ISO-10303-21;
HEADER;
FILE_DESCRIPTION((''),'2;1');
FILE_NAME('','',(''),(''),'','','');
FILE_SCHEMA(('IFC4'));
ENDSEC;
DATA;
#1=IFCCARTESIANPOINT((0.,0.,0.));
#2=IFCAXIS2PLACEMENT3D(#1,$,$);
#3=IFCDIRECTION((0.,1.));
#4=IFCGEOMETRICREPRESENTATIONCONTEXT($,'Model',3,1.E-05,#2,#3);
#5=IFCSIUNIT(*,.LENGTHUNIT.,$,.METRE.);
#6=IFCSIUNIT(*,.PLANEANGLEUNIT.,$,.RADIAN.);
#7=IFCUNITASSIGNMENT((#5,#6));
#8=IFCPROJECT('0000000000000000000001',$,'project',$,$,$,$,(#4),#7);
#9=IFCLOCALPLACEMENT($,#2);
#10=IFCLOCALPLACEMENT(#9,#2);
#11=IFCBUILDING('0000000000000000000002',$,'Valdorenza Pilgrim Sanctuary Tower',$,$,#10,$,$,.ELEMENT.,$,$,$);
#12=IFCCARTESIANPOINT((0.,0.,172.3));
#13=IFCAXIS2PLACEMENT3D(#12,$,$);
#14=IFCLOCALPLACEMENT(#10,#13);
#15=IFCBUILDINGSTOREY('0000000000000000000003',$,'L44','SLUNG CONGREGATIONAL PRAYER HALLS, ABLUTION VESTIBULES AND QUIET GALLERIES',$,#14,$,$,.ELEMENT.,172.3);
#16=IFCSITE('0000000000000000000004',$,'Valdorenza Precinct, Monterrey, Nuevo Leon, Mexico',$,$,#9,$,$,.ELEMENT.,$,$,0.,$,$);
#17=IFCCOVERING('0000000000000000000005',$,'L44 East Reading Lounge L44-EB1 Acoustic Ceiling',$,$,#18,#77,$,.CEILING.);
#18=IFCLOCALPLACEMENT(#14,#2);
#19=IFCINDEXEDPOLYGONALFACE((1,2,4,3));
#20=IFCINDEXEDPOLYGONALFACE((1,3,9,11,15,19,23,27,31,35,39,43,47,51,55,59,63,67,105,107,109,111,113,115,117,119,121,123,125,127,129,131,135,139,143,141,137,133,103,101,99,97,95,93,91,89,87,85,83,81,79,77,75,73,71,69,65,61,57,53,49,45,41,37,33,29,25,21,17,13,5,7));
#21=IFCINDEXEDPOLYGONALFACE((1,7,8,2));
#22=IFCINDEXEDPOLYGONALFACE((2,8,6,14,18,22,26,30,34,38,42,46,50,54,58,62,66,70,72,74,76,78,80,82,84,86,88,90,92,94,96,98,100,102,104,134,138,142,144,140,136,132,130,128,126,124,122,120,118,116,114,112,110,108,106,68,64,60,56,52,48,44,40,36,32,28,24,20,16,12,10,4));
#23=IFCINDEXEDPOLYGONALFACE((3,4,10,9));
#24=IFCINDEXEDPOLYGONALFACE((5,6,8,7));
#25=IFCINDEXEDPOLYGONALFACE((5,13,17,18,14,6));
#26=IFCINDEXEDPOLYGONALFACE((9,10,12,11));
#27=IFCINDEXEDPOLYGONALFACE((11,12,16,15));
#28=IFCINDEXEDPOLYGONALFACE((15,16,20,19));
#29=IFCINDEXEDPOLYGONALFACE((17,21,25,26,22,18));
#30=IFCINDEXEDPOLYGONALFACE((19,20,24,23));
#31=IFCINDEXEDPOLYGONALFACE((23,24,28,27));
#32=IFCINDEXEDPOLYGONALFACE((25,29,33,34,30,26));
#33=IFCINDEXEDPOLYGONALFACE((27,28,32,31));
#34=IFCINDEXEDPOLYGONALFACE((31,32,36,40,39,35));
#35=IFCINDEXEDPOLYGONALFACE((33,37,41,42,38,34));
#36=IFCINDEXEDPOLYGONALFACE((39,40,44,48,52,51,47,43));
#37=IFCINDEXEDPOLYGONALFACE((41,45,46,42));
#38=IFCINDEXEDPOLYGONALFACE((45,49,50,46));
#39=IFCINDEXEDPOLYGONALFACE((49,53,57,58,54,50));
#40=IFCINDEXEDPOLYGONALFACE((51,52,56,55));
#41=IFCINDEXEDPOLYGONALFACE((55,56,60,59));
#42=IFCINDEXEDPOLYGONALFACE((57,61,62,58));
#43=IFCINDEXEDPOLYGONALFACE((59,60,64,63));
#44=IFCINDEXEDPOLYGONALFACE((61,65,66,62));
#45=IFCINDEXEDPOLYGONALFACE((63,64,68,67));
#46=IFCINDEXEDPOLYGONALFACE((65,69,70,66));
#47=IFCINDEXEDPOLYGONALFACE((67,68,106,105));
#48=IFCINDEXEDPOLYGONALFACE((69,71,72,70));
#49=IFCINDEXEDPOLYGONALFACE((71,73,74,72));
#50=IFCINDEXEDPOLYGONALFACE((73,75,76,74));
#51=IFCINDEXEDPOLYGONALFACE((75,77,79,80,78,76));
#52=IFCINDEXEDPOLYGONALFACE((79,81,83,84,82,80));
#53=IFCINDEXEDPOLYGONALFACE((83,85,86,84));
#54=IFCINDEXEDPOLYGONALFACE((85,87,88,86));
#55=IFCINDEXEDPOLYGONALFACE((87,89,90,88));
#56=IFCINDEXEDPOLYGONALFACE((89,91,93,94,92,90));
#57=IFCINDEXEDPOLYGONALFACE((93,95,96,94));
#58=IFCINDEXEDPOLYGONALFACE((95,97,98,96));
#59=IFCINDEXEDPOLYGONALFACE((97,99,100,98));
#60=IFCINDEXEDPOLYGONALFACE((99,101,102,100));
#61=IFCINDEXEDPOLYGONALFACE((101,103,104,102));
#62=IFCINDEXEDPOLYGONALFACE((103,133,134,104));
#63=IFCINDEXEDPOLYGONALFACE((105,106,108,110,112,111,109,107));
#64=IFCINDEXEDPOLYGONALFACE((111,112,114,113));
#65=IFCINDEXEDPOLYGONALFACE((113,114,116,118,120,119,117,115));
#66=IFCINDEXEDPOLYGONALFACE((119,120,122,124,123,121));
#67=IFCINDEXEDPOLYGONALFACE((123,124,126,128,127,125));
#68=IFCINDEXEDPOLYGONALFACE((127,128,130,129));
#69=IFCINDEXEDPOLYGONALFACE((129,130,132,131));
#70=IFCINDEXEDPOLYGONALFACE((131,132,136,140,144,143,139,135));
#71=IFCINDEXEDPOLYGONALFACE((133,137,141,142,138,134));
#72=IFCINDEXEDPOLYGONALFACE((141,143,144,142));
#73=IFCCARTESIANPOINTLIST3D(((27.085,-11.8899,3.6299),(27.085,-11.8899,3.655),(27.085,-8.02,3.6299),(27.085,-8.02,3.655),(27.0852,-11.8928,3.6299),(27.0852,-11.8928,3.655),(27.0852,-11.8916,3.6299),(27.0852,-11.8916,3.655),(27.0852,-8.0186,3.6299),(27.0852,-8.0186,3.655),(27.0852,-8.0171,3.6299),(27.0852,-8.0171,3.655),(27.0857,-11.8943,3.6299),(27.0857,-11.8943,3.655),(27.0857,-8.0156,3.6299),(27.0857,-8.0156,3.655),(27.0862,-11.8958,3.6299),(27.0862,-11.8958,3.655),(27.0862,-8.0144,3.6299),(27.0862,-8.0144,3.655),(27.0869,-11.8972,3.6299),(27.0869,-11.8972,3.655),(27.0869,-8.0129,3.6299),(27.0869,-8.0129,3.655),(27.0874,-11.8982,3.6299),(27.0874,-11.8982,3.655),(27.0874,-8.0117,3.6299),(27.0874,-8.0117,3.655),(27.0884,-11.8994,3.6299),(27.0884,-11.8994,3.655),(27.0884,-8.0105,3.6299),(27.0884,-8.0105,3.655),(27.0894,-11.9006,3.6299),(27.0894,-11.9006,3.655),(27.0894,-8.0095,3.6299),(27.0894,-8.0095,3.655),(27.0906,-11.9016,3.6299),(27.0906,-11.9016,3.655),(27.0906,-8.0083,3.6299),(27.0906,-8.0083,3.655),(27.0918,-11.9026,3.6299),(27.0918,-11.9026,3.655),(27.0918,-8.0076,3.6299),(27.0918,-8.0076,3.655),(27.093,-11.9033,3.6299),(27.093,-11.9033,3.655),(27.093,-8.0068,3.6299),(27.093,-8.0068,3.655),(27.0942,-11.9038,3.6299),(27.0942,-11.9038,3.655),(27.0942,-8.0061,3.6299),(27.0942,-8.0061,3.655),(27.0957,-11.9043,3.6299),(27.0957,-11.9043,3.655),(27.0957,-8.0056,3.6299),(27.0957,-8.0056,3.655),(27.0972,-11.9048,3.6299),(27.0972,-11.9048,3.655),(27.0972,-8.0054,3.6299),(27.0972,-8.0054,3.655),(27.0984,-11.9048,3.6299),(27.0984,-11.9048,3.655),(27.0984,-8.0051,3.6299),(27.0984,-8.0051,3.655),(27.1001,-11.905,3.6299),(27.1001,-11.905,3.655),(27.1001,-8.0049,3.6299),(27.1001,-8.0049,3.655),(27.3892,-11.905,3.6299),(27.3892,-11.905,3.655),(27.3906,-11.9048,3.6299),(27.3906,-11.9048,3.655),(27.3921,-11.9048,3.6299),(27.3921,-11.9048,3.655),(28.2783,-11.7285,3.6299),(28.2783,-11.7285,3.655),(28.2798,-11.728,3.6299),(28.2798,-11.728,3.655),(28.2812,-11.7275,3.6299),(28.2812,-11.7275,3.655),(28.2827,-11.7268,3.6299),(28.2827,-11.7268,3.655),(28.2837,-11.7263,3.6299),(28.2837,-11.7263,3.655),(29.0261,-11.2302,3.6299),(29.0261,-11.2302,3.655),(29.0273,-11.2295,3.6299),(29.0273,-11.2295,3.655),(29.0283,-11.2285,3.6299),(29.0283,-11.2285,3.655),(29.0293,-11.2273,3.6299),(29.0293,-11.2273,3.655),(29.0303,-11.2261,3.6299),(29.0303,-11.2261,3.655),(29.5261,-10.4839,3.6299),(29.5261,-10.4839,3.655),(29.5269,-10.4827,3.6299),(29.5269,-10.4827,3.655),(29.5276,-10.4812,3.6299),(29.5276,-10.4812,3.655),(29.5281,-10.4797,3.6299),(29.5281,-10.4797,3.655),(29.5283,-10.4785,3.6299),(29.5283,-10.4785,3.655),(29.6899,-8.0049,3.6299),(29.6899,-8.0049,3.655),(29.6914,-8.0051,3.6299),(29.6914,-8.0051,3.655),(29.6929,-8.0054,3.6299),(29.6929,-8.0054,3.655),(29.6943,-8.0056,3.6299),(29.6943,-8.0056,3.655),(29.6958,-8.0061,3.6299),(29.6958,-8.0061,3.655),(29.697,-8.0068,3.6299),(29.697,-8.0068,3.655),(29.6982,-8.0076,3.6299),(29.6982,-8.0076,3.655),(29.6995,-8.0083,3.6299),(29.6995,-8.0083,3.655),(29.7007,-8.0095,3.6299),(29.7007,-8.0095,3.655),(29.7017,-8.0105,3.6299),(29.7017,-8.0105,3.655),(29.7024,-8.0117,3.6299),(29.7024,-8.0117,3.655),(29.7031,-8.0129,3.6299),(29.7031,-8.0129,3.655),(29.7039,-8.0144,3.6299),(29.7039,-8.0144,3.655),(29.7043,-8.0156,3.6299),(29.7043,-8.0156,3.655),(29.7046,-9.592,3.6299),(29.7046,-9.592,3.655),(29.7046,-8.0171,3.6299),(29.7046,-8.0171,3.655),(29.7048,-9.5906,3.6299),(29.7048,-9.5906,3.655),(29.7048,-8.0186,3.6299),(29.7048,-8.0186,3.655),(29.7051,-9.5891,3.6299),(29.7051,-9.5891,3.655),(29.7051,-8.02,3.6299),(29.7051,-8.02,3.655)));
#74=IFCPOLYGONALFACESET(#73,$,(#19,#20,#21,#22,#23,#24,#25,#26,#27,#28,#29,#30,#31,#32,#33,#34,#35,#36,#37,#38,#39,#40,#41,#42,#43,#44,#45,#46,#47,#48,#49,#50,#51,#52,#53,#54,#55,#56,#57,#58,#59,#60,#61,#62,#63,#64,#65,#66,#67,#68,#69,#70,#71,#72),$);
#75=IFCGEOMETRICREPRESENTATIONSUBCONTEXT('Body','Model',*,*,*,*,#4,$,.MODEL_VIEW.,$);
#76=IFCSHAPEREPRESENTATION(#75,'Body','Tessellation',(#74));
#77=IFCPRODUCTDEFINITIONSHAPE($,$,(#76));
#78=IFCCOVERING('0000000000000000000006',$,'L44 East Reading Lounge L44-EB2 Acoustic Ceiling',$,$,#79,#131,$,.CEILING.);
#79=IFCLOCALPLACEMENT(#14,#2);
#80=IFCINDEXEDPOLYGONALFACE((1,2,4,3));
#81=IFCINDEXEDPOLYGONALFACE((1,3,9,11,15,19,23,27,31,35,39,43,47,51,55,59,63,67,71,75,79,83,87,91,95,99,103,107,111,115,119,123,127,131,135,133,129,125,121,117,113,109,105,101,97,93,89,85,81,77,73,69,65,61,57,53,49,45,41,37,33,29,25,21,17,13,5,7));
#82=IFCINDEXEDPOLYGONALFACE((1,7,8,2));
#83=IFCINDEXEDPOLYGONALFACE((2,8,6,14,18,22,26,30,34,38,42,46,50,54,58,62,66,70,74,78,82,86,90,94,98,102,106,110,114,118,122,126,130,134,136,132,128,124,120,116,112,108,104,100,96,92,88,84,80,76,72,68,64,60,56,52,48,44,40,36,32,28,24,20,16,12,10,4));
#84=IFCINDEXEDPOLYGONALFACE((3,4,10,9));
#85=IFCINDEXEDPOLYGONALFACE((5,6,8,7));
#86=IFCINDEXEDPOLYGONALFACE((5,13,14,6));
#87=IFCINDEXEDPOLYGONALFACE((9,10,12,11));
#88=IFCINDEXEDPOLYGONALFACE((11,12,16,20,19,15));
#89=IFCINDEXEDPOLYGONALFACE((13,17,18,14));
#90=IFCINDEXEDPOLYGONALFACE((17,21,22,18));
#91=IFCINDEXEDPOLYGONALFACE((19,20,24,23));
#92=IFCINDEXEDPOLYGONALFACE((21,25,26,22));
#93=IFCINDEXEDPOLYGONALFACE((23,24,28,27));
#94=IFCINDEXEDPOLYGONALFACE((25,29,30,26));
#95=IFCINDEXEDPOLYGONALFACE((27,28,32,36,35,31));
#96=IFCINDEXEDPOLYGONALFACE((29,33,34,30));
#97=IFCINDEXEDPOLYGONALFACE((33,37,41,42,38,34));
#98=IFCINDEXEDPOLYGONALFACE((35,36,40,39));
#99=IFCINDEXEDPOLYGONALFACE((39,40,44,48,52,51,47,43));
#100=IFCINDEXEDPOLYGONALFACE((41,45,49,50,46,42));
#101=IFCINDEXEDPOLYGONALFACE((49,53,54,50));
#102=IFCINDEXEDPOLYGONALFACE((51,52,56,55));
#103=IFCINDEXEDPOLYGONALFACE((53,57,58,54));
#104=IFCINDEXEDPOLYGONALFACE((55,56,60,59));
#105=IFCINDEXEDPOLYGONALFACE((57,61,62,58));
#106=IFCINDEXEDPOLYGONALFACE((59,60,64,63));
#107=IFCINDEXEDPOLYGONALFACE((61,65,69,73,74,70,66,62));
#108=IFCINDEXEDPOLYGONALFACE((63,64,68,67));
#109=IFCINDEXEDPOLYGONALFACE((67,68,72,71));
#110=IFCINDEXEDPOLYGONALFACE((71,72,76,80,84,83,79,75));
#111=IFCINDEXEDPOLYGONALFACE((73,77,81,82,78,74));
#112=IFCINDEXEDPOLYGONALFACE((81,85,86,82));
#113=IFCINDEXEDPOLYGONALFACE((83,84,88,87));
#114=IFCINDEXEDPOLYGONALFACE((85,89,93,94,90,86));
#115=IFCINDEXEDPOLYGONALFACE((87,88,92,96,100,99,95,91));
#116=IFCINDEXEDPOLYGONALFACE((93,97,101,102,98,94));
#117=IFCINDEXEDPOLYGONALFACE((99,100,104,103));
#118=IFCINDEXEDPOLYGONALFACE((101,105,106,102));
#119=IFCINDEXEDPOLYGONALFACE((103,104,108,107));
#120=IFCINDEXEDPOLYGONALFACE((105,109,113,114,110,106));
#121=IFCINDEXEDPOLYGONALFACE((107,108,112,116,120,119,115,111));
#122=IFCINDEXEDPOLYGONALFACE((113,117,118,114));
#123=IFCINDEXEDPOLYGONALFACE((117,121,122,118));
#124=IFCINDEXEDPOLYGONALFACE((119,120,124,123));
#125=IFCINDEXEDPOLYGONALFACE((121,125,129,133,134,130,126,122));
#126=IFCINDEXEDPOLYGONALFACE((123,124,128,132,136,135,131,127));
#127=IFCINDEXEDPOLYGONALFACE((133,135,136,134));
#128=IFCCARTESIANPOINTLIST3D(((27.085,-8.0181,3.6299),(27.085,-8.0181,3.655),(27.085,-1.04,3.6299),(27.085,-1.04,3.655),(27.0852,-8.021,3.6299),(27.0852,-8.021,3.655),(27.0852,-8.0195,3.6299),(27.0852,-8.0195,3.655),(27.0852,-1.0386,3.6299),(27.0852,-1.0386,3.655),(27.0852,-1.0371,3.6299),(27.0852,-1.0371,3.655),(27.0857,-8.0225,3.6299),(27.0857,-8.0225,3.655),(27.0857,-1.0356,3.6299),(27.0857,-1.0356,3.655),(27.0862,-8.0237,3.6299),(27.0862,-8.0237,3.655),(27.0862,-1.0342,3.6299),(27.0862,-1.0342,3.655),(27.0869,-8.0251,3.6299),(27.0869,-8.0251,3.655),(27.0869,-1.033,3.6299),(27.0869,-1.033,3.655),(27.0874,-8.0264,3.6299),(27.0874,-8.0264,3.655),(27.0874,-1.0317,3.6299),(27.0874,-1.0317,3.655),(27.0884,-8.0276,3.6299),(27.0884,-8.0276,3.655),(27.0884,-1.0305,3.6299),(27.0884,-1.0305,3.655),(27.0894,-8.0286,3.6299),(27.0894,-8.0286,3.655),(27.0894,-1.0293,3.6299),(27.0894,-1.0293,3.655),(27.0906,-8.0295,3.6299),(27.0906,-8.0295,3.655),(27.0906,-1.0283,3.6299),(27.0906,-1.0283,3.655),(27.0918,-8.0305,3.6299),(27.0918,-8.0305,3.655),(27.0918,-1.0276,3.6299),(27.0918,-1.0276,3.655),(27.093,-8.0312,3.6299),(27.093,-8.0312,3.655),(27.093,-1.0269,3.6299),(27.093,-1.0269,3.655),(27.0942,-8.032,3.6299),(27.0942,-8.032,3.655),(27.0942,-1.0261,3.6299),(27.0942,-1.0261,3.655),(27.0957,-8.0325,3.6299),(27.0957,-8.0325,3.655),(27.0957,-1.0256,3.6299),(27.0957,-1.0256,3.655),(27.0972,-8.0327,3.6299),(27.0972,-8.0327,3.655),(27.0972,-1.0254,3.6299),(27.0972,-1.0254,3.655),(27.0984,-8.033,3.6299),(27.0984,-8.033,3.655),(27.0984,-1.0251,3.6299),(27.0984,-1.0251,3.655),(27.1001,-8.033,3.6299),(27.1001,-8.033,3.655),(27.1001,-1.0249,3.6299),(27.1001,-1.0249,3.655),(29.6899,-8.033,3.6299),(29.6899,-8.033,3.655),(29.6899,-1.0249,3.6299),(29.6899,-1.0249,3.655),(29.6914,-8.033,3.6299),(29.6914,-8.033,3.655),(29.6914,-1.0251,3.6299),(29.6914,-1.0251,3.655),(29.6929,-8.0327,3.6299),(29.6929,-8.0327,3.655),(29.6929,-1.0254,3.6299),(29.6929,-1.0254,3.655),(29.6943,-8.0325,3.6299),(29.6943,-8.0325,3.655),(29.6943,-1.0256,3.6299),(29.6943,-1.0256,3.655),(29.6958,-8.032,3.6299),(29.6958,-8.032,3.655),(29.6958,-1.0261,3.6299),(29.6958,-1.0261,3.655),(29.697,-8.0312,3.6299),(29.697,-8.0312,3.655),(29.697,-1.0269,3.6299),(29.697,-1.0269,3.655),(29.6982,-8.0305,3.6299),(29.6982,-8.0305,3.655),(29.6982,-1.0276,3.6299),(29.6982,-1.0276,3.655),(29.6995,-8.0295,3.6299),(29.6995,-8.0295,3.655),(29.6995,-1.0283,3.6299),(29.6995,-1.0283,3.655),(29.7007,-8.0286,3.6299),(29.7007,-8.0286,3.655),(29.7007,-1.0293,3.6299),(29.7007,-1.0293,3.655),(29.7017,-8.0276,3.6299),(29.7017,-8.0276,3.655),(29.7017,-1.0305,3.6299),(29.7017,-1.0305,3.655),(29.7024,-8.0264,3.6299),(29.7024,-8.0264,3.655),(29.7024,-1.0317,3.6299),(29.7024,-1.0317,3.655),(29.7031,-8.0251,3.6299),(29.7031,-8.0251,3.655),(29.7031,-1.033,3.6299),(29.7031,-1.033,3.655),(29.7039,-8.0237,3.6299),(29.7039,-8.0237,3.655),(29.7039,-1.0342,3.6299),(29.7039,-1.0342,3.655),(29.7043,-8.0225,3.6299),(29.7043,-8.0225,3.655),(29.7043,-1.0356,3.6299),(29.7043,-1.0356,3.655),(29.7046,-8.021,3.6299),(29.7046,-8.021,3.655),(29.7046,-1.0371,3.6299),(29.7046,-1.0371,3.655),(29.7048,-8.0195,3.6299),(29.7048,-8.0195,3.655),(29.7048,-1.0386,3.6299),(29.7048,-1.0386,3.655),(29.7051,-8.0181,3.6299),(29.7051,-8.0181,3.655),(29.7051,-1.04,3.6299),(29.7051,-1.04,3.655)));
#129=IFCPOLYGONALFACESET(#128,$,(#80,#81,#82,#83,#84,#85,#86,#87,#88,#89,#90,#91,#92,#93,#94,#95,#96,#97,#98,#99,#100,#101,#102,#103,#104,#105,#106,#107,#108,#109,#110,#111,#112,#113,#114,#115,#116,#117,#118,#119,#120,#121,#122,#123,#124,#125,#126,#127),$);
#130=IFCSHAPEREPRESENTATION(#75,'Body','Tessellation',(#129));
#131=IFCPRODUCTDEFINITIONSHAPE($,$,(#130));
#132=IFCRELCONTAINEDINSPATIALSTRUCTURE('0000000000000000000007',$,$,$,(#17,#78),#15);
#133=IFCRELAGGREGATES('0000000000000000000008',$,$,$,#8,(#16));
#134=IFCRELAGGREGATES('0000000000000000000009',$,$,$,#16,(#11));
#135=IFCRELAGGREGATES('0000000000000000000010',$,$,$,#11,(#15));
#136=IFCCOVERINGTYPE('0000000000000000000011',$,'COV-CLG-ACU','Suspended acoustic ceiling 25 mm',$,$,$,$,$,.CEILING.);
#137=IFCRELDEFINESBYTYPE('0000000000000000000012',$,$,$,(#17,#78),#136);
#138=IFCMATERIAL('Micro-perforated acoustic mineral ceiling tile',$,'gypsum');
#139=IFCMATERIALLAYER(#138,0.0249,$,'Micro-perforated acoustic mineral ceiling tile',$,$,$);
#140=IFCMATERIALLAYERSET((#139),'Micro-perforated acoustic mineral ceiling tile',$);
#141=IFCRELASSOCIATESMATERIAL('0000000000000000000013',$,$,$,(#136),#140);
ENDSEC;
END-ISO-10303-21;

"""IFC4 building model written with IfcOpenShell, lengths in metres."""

from ifc_helpers import new_model, si_unit, direction, frame, origin, place, context, subcontext, project, spatial, polyline, outline, extrude, material, layer, layer_set, type_object, element, save


model = new_model("IFC4")

# Units and contexts
model_context = context("Model", 3, precision=1e-05, world=origin(), true_north=direction((0.0, 1.0)))
body_context = subcontext(model_context, "Body", "Model", "MODEL_VIEW")
ifc_project = project(units=[si_unit("LENGTHUNIT", "METRE"), si_unit("PLANEANGLEUNIT", "RADIAN")], contexts=[model_context])

# Site, building, storey
site_placement = place(None, origin())
site = spatial("IfcSite", under=ifc_project, at=site_placement, Name="Valdorenza Precinct, Monterrey, Nuevo Leon, Mexico", CompositionType="ELEMENT", RefElevation=0.0)
building_placement = place(site_placement, origin())
building = spatial("IfcBuilding", under=site, at=building_placement, Name="Valdorenza Pilgrim Sanctuary Tower", CompositionType="ELEMENT")
storey_placement = place(building_placement, frame((0.0, 0.0, 172.3)))
storey = spatial("IfcBuildingStorey", under=building, at=storey_placement, Name="L44", Description="SLUNG CONGREGATIONAL PRAYER HALLS, ABLUTION VESTIBULES AND QUIET GALLERIES", CompositionType="ELEMENT", Elevation=172.3)

# Coverings
ifc_material_1 = material(Name="Micro-perforated acoustic mineral ceiling tile", Category="gypsum")
ifc_layer_1 = layer(ifc_material_1, 0.0249, Name="Micro-perforated acoustic mineral ceiling tile")
ifc_layer_set_1 = layer_set([ifc_layer_1], Name="Micro-perforated acoustic mineral ceiling tile")
covering_type_1 = type_object("IfcCoveringType", Name="COV-CLG-ACU", Description="Suspended acoustic ceiling 25 mm", PredefinedType="CEILING", material=ifc_layer_set_1)
covering_1_placement = place(storey_placement, frame((0.0, 0.0, 3.6299)))
element("IfcCovering", 1, at=covering_1_placement, inside=storey, type_object=covering_type_1, Name="L44 East Reading Lounge L44-EB1 Acoustic Ceiling", PredefinedType="CEILING", context=body_context, shape_type="SweptSolid", body=[
    extrude(outline(polyline([(29.6899, -8.0049), (29.6914, -8.0051), (29.6929, -8.0054), (29.6943, -8.0056), (29.6958, -8.0061), (29.697, -8.0068), (29.6982, -8.0076), (29.6995, -8.0083), (29.7007, -8.0095), (29.7017, -8.0105), (29.7024, -8.0117), (29.7031, -8.0129), (29.7039, -8.0144), (29.7043, -8.0156), (29.7046, -8.0171), (29.7048, -8.0186), (29.7051, -8.02), (29.7051, -9.5891), (29.7048, -9.5906), (29.7046, -9.592), (29.5283, -10.4785), (29.5281, -10.4797), (29.5276, -10.4812), (29.5269, -10.4827), (29.5261, -10.4839), (29.0303, -11.2261), (29.0293, -11.2273), (29.0283, -11.2285), (29.0273, -11.2295), (29.0261, -11.2302), (28.2837, -11.7263), (28.2827, -11.7268), (28.2812, -11.7275), (28.2798, -11.728), (28.2783, -11.7285), (27.3921, -11.9048), (27.3906, -11.9048), (27.3892, -11.905), (27.1001, -11.905), (27.0984, -11.9048), (27.0972, -11.9048), (27.0957, -11.9043), (27.0942, -11.9038), (27.093, -11.9033), (27.0918, -11.9026), (27.0906, -11.9016), (27.0894, -11.9006), (27.0884, -11.8994), (27.0874, -11.8982), (27.0869, -11.8972), (27.0862, -11.8958), (27.0857, -11.8943), (27.0852, -11.8928), (27.0852, -11.8916), (27.085, -11.8899), (27.085, -8.02), (27.0852, -8.0186), (27.0852, -8.0171), (27.0857, -8.0156), (27.0862, -8.0144), (27.0869, -8.0129), (27.0874, -8.0117), (27.0884, -8.0105), (27.0894, -8.0095), (27.0906, -8.0083), (27.0918, -8.0076), (27.093, -8.0068), (27.0942, -8.0061), (27.0957, -8.0056), (27.0972, -8.0054), (27.0984, -8.0051), (27.1001, -8.0049), (29.6899, -8.0049)])), origin(), (0.0, 0.0, 1.0), 0.0251),
])
covering_2_placement = place(storey_placement, frame((0.0, 0.0, 3.6299)))
element("IfcCovering", 2, at=covering_2_placement, inside=storey, type_object=covering_type_1, Name="L44 East Reading Lounge L44-EB2 Acoustic Ceiling", PredefinedType="CEILING", context=body_context, shape_type="SweptSolid", body=[
    extrude(outline(polyline([(27.085, -1.04), (27.0852, -1.0386), (27.0852, -1.0371), (27.0857, -1.0356), (27.0862, -1.0342), (27.0869, -1.033), (27.0874, -1.0317), (27.0884, -1.0305), (27.0894, -1.0293), (27.0906, -1.0283), (27.0918, -1.0276), (27.093, -1.0269), (27.0942, -1.0261), (27.0957, -1.0256), (27.0972, -1.0254), (27.0984, -1.0251), (27.1001, -1.0249), (29.6899, -1.0249), (29.6914, -1.0251), (29.6929, -1.0254), (29.6943, -1.0256), (29.6958, -1.0261), (29.697, -1.0269), (29.6982, -1.0276), (29.6995, -1.0283), (29.7007, -1.0293), (29.7017, -1.0305), (29.7024, -1.0317), (29.7031, -1.033), (29.7039, -1.0342), (29.7043, -1.0356), (29.7046, -1.0371), (29.7048, -1.0386), (29.7051, -1.04), (29.7051, -8.0181), (29.7048, -8.0195), (29.7046, -8.021), (29.7043, -8.0225), (29.7039, -8.0237), (29.7031, -8.0251), (29.7024, -8.0264), (29.7017, -8.0276), (29.7007, -8.0286), (29.6995, -8.0295), (29.6982, -8.0305), (29.697, -8.0312), (29.6958, -8.032), (29.6943, -8.0325), (29.6929, -8.0327), (29.6914, -8.033), (29.6899, -8.033), (27.1001, -8.033), (27.0984, -8.033), (27.0972, -8.0327), (27.0957, -8.0325), (27.0942, -8.032), (27.093, -8.0312), (27.0918, -8.0305), (27.0906, -8.0295), (27.0894, -8.0286), (27.0884, -8.0276), (27.0874, -8.0264), (27.0869, -8.0251), (27.0862, -8.0237), (27.0857, -8.0225), (27.0852, -8.021), (27.0852, -8.0195), (27.085, -8.0181), (27.085, -1.04)])), origin(), (0.0, 0.0, 1.0), 0.0251),
])

save(model, "model.ifc")
